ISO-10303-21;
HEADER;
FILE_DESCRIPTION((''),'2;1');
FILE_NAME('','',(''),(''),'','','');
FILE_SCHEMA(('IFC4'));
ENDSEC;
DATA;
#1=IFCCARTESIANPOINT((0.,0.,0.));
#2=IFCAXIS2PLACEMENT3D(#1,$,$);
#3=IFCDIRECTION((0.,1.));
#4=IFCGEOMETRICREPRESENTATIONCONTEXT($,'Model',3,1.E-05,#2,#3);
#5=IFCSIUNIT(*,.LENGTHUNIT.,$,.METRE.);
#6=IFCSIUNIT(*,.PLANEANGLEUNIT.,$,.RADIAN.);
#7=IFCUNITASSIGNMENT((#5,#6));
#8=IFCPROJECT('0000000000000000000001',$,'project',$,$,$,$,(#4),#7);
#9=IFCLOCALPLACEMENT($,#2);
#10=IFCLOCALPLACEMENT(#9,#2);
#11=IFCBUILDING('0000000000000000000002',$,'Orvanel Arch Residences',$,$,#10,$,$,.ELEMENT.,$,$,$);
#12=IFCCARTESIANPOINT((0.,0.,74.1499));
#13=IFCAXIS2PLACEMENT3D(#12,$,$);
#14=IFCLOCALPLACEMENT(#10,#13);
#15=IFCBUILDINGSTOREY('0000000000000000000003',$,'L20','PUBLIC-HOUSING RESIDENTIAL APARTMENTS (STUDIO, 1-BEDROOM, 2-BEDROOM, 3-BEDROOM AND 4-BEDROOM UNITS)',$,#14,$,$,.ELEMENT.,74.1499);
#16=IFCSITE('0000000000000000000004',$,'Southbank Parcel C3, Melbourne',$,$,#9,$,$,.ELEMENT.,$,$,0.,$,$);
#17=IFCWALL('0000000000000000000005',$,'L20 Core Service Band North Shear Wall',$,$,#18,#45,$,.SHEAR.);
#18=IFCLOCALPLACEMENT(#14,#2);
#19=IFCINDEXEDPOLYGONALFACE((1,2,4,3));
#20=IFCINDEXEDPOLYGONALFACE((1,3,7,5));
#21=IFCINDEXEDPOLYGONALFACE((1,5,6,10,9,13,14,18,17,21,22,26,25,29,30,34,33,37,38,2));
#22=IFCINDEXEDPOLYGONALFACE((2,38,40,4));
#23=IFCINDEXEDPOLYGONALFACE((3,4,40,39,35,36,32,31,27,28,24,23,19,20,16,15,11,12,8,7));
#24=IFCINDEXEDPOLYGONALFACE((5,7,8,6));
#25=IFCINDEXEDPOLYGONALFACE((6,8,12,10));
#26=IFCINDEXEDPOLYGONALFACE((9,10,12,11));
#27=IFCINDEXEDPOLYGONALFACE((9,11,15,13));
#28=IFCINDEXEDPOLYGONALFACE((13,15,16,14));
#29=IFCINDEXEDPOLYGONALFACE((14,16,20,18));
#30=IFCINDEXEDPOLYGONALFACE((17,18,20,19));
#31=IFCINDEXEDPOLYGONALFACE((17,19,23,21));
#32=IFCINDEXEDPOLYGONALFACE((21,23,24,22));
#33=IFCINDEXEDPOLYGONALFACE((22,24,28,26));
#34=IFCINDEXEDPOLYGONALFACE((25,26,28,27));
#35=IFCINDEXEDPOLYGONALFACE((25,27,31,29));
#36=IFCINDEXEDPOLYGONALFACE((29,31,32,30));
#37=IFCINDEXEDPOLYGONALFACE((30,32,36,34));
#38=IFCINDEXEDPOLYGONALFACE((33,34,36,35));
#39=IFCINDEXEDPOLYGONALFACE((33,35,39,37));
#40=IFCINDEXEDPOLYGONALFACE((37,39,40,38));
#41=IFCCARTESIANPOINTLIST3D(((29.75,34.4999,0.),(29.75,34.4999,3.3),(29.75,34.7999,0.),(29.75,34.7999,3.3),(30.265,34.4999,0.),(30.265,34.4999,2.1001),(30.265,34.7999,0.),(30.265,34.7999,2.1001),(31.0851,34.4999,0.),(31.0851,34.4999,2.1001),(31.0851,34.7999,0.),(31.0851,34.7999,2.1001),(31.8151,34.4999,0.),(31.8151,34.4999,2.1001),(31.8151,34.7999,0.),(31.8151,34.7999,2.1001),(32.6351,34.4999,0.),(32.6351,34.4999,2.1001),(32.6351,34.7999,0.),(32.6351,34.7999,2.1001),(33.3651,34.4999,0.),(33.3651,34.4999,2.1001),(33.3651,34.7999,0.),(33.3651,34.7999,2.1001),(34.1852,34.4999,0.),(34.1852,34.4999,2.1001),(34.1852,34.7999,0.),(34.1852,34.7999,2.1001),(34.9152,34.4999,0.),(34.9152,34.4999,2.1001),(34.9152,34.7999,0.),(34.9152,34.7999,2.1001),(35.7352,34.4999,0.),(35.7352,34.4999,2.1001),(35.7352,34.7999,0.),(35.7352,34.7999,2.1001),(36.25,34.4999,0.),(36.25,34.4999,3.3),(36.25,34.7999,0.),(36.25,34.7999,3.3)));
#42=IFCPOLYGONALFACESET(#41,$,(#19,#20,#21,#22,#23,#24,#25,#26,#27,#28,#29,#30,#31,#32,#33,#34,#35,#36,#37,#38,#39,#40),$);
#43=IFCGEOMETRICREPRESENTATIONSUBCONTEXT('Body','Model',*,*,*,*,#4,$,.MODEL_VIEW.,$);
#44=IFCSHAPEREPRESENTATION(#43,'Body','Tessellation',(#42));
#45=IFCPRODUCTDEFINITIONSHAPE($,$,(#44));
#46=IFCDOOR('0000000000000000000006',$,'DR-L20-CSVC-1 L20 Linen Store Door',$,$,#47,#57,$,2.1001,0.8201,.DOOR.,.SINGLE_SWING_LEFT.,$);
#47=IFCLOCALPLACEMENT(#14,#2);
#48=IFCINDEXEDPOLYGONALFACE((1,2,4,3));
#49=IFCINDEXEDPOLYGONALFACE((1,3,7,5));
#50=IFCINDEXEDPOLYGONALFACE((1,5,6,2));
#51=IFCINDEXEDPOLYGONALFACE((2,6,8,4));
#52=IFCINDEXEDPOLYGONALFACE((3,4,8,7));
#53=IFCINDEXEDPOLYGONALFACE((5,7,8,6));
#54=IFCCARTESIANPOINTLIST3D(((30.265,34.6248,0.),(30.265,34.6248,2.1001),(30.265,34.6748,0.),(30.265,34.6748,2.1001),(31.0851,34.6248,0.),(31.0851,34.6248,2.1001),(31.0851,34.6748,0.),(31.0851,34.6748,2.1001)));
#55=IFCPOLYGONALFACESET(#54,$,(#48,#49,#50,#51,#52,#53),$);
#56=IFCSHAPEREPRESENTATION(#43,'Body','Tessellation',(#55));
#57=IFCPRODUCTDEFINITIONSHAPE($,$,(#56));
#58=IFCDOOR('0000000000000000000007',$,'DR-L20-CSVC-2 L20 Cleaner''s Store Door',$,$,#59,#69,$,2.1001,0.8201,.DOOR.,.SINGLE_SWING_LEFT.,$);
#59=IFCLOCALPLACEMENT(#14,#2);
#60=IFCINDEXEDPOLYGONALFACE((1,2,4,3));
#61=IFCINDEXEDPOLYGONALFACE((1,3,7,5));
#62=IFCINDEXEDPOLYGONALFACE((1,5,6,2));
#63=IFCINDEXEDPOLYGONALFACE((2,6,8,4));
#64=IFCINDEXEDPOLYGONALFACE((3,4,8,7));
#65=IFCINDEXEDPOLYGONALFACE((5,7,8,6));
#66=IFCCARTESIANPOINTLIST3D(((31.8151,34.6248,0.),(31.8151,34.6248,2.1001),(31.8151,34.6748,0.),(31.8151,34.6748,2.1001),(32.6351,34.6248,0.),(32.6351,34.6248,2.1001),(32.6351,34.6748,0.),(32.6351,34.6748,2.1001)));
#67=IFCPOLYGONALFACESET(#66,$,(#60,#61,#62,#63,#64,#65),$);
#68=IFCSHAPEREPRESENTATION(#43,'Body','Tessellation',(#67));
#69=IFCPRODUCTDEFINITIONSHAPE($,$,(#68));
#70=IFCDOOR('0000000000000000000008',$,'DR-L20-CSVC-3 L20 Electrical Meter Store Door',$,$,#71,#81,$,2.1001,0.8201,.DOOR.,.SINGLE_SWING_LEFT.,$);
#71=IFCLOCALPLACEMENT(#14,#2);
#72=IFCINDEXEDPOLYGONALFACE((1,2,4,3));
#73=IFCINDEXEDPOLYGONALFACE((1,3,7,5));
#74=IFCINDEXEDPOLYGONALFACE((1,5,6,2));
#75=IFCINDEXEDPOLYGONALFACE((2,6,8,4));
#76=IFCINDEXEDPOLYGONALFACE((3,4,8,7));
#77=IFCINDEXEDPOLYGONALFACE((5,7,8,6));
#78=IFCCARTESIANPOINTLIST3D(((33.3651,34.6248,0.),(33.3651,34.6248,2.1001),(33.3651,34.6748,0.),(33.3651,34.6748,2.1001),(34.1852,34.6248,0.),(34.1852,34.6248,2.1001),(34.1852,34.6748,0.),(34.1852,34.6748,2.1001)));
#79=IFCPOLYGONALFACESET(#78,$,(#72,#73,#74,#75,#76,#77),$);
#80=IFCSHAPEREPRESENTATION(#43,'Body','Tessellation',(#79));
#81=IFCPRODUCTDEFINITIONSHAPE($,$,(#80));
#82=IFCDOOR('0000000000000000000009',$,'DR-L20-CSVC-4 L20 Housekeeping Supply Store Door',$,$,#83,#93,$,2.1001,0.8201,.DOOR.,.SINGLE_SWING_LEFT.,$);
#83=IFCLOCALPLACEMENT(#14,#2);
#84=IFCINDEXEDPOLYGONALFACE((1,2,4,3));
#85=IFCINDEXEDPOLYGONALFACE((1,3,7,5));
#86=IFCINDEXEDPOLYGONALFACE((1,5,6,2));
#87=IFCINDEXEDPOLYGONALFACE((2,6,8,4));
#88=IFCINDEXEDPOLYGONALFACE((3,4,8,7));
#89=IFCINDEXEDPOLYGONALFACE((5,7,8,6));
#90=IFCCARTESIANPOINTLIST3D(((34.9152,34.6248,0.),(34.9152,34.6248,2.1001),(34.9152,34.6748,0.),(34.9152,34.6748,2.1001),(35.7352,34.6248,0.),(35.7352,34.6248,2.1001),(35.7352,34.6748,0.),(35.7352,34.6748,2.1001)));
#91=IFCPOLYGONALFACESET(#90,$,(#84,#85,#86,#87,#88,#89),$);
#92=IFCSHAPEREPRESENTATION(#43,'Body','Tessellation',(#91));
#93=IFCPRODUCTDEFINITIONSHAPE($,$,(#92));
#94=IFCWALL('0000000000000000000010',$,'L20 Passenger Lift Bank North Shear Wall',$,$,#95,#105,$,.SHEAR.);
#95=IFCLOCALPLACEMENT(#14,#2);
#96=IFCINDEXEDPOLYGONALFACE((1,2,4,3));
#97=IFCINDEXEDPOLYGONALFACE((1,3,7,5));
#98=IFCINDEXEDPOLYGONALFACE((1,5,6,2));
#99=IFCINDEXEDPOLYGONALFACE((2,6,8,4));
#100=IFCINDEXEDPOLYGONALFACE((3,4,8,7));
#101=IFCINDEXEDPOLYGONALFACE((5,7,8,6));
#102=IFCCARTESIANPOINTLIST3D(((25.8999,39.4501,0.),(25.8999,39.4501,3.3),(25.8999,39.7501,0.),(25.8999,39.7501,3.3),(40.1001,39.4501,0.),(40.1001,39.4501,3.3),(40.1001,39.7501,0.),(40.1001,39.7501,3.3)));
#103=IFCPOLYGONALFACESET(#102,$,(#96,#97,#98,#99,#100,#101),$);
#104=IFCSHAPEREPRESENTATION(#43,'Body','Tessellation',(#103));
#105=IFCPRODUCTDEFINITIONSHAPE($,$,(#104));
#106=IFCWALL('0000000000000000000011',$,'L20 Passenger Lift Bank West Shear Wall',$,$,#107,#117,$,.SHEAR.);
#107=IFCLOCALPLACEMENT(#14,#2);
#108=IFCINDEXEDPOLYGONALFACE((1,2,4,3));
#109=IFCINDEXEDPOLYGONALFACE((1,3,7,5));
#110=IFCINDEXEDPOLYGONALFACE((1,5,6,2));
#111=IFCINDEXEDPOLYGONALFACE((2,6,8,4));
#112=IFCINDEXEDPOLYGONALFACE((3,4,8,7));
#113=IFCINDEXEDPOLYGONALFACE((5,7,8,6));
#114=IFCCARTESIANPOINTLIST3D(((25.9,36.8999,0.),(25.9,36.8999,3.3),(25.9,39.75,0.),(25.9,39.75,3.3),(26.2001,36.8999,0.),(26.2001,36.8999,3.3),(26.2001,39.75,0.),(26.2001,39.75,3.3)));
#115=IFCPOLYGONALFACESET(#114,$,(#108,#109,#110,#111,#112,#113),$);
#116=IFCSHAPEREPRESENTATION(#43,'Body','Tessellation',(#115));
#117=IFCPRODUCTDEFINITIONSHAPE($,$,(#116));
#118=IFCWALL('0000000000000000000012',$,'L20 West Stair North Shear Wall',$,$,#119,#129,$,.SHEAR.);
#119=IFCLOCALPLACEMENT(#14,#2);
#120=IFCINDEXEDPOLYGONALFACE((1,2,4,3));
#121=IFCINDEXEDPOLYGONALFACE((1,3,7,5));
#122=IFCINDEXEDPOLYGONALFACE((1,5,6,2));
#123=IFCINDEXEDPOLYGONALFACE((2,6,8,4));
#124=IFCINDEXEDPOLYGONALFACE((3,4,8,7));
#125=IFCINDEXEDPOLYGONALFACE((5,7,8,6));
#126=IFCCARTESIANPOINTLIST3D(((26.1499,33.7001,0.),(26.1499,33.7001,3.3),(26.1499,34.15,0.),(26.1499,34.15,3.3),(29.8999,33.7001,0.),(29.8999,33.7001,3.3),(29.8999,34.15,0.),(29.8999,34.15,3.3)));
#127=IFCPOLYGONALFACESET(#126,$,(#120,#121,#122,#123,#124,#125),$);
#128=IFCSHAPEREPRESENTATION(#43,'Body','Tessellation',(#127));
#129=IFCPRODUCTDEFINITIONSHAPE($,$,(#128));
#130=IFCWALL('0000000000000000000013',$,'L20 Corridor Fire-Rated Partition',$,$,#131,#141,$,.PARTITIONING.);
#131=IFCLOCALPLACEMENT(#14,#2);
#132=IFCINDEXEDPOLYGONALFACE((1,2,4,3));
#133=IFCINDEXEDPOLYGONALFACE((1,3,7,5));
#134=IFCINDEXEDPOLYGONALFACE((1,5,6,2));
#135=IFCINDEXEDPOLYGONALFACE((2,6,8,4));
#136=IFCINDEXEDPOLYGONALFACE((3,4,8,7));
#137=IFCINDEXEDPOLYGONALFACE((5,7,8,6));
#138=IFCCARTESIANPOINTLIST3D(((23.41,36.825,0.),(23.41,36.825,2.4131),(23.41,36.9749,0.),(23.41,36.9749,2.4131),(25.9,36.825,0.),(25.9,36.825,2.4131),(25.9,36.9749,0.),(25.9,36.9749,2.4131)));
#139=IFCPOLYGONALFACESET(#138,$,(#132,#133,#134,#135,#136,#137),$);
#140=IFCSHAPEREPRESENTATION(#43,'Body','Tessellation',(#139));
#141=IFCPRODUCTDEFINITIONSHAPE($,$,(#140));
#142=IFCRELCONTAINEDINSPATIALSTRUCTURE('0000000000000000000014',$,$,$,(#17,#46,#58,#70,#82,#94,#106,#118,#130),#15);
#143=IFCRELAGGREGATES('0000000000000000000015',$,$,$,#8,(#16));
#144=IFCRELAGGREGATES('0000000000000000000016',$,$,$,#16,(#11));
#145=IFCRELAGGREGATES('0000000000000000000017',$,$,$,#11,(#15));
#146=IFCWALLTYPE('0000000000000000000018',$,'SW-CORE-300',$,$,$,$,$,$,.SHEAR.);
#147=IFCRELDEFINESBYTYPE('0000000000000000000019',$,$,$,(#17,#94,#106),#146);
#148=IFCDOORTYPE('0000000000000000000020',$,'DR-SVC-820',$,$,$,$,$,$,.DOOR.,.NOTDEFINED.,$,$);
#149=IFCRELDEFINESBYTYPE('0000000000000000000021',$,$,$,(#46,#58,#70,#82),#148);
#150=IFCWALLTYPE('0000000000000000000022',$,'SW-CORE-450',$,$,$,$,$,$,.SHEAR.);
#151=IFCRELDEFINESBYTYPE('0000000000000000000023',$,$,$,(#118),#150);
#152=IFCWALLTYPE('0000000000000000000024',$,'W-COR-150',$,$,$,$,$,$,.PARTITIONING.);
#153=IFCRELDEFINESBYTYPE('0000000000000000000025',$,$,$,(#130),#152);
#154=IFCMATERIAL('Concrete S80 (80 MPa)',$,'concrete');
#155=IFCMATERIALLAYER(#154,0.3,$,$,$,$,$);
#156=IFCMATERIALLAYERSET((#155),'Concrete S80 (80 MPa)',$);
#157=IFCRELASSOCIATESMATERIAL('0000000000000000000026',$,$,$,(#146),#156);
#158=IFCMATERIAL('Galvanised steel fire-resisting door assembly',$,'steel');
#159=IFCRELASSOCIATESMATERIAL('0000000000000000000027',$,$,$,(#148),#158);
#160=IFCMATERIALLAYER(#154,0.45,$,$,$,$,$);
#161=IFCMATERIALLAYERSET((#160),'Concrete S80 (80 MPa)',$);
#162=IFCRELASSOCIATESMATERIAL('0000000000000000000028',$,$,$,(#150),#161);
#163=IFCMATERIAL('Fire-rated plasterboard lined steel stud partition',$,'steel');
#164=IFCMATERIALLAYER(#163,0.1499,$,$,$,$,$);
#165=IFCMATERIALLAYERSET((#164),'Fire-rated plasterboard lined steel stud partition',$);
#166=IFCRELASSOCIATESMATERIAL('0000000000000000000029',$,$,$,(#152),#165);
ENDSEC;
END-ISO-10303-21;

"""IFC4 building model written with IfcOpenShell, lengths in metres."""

from ifc_helpers import new_model, si_unit, direction, frame, frame_2d, origin, place, context, subcontext, project, spatial, rectangle, extrude, material, layer, layer_set, type_object, element, fill, save


model = new_model("IFC4")

# Units and contexts
model_context = context("Model", 3, precision=1e-05, world=origin(), true_north=direction((0.0, 1.0)))
body_context = subcontext(model_context, "Body", "Model", "MODEL_VIEW")
ifc_project = project(units=[si_unit("LENGTHUNIT", "METRE"), si_unit("PLANEANGLEUNIT", "RADIAN")], contexts=[model_context])

# Site, building, storey
site_placement = place(None, origin())
site = spatial("IfcSite", under=ifc_project, at=site_placement, Name="Southbank Parcel C3, Melbourne", CompositionType="ELEMENT", RefElevation=0.0)
building_placement = place(site_placement, origin())
building = spatial("IfcBuilding", under=site, at=building_placement, Name="Orvanel Arch Residences", CompositionType="ELEMENT")
storey_placement = place(building_placement, frame((0.0, 0.0, 74.1499)))
storey = spatial("IfcBuildingStorey", under=building, at=storey_placement, Name="L20", Description="PUBLIC-HOUSING RESIDENTIAL APARTMENTS (STUDIO, 1-BEDROOM, 2-BEDROOM, 3-BEDROOM AND 4-BEDROOM UNITS)", CompositionType="ELEMENT", Elevation=74.1499)

# Wall, openings, doors
ifc_material_1 = material(Name="Concrete S80 (80 MPa)", Category="concrete")
ifc_layer_1 = layer(ifc_material_1, 0.3)
ifc_layer_set_1 = layer_set([ifc_layer_1], Name="Concrete S80 (80 MPa)")
wall_type_1 = type_object("IfcWallType", Name="SW-CORE-300", PredefinedType="SHEAR", material=ifc_layer_set_1)
wall_1_placement = place(storey_placement, frame((29.75, 34.6499, 0.0), z_axis=(0.0, 0.0, 1.0), x_axis=(1.0, 0.0, 0.0)))
wall_1 = element("IfcWall", 1, at=wall_1_placement, inside=storey, type_object=wall_type_1, Name="L20 Core Service Band North Shear Wall", PredefinedType="SHEAR", context=body_context, shape_type="SweptSolid", body=[
    extrude(rectangle(XDim=6.5, YDim=0.3, at=frame_2d((3.25, 0.0))), origin(), (0.0, 0.0, 1.0), 3.3),
])
opening_1_placement = place(wall_1_placement, frame((0.5149, 0.0, 0.0)))
opening_1 = element("IfcOpeningElement", 2, at=opening_1_placement, cuts=wall_1, PredefinedType="OPENING", context=body_context, shape_type="SweptSolid", body=[
    extrude(rectangle(XDim=0.8201, YDim=2.1001, at=frame_2d((0.4102, 1.05))), frame((0.0, 0.1599, 0.0), z_axis=(0.0, -1.0, 0.0), x_axis=(1.0, 0.0, 0.0)), (0.0, 0.0, 1.0), 0.3201),
])
opening_2_placement = place(wall_1_placement, frame((2.0649, 0.0, 0.0)))
opening_2 = element("IfcOpeningElement", 3, at=opening_2_placement, cuts=wall_1, PredefinedType="OPENING", context=body_context, shape_type="SweptSolid", body=[
    extrude(rectangle(XDim=0.8201, YDim=2.1001, at=frame_2d((0.4102, 1.05))), frame((0.0, 0.1599, 0.0), z_axis=(0.0, -1.0, 0.0), x_axis=(1.0, 0.0, 0.0)), (0.0, 0.0, 1.0), 0.3201),
])
opening_3_placement = place(wall_1_placement, frame((3.615, 0.0, 0.0)))
opening_3 = element("IfcOpeningElement", 4, at=opening_3_placement, cuts=wall_1, PredefinedType="OPENING", context=body_context, shape_type="SweptSolid", body=[
    extrude(rectangle(XDim=0.8201, YDim=2.1001, at=frame_2d((0.4102, 1.05))), frame((0.0, 0.1599, 0.0), z_axis=(0.0, -1.0, 0.0), x_axis=(1.0, 0.0, 0.0)), (0.0, 0.0, 1.0), 0.3201),
])
opening_4_placement = place(wall_1_placement, frame((5.165, 0.0, 0.0)))
opening_4 = element("IfcOpeningElement", 5, at=opening_4_placement, cuts=wall_1, PredefinedType="OPENING", context=body_context, shape_type="SweptSolid", body=[
    extrude(rectangle(XDim=0.8201, YDim=2.1001, at=frame_2d((0.4102, 1.05))), frame((0.0, 0.1599, 0.0), z_axis=(0.0, -1.0, 0.0), x_axis=(1.0, 0.0, 0.0)), (0.0, 0.0, 1.0), 0.3201),
])
ifc_material_2 = material(Name="Galvanised steel fire-resisting door assembly", Category="steel")
door_type_1 = type_object("IfcDoorType", Name="DR-SVC-820", OperationType="NOTDEFINED", PredefinedType="DOOR", material=ifc_material_2)
door_1_placement = place(opening_1_placement, origin())
door_1 = element("IfcDoor", 6, at=door_1_placement, inside=storey, type_object=door_type_1, Name="DR-L20-CSVC-1 L20 Linen Store Door", OperationType="SINGLE_SWING_LEFT", OverallHeight=2.1001, OverallWidth=0.8201, PredefinedType="DOOR", context=body_context, shape_type="SweptSolid", body=[
    extrude(rectangle(XDim=0.8201, YDim=2.1001, at=frame_2d((0.4102, 1.05))), frame((0.0, 0.0249, 0.0), z_axis=(0.0, -1.0, 0.0), x_axis=(1.0, 0.0, 0.0)), (0.0, 0.0, 1.0), 0.05),
])
fill(opening_1, door_1)
door_2_placement = place(opening_2_placement, origin())
door_2 = element("IfcDoor", 7, at=door_2_placement, inside=storey, type_object=door_type_1, Name="DR-L20-CSVC-2 L20 Cleaner's Store Door", OperationType="SINGLE_SWING_LEFT", OverallHeight=2.1001, OverallWidth=0.8201, PredefinedType="DOOR", context=body_context, shape_type="SweptSolid", body=[
    extrude(rectangle(XDim=0.8201, YDim=2.1001, at=frame_2d((0.4102, 1.05))), frame((0.0, 0.0249, 0.0), z_axis=(0.0, -1.0, 0.0), x_axis=(1.0, 0.0, 0.0)), (0.0, 0.0, 1.0), 0.05),
])
fill(opening_2, door_2)
door_3_placement = place(opening_3_placement, origin())
door_3 = element("IfcDoor", 8, at=door_3_placement, inside=storey, type_object=door_type_1, Name="DR-L20-CSVC-3 L20 Electrical Meter Store Door", OperationType="SINGLE_SWING_LEFT", OverallHeight=2.1001, OverallWidth=0.8201, PredefinedType="DOOR", context=body_context, shape_type="SweptSolid", body=[
    extrude(rectangle(XDim=0.8201, YDim=2.1001, at=frame_2d((0.4102, 1.05))), frame((0.0, 0.0249, 0.0), z_axis=(0.0, -1.0, 0.0), x_axis=(1.0, 0.0, 0.0)), (0.0, 0.0, 1.0), 0.05),
])
fill(opening_3, door_3)
door_4_placement = place(opening_4_placement, origin())
door_4 = element("IfcDoor", 9, at=door_4_placement, inside=storey, type_object=door_type_1, Name="DR-L20-CSVC-4 L20 Housekeeping Supply Store Door", OperationType="SINGLE_SWING_LEFT", OverallHeight=2.1001, OverallWidth=0.8201, PredefinedType="DOOR", context=body_context, shape_type="SweptSolid", body=[
    extrude(rectangle(XDim=0.8201, YDim=2.1001, at=frame_2d((0.4102, 1.05))), frame((0.0, 0.0249, 0.0), z_axis=(0.0, -1.0, 0.0), x_axis=(1.0, 0.0, 0.0)), (0.0, 0.0, 1.0), 0.05),
])
fill(opening_4, door_4)

# Walls
wall_2_placement = place(storey_placement, frame((25.8999, 39.6001, 0.0), z_axis=(0.0, 0.0, 1.0), x_axis=(1.0, 0.0, 0.0)))
element("IfcWall", 10, at=wall_2_placement, inside=storey, type_object=wall_type_1, Name="L20 Passenger Lift Bank North Shear Wall", PredefinedType="SHEAR", context=body_context, shape_type="SweptSolid", body=[
    extrude(rectangle(XDim=14.2002, YDim=0.3, at=frame_2d((7.1001, 0.0))), origin(), (0.0, 0.0, 1.0), 3.3),
])
wall_3_placement = place(storey_placement, frame((26.05, 36.8999, 0.0), z_axis=(0.0, 0.0, 1.0), x_axis=(0.0, 1.0, 0.0)))
element("IfcWall", 11, at=wall_3_placement, inside=storey, type_object=wall_type_1, Name="L20 Passenger Lift Bank West Shear Wall", PredefinedType="SHEAR", context=body_context, shape_type="SweptSolid", body=[
    extrude(rectangle(XDim=2.8501, YDim=0.3, at=frame_2d((1.425, 0.0))), origin(), (0.0, 0.0, 1.0), 3.3),
])
ifc_layer_2 = layer(ifc_material_1, 0.45)
ifc_layer_set_2 = layer_set([ifc_layer_2], Name="Concrete S80 (80 MPa)")
wall_type_2 = type_object("IfcWallType", Name="SW-CORE-450", PredefinedType="SHEAR", material=ifc_layer_set_2)
wall_4_placement = place(storey_placement, frame((26.1499, 33.925, 0.0), z_axis=(0.0, 0.0, 1.0), x_axis=(1.0, 0.0, 0.0)))
element("IfcWall", 12, at=wall_4_placement, inside=storey, type_object=wall_type_2, Name="L20 West Stair North Shear Wall", PredefinedType="SHEAR", context=body_context, shape_type="SweptSolid", body=[
    extrude(rectangle(XDim=3.75, YDim=0.45, at=frame_2d((1.875, 0.0))), origin(), (0.0, 0.0, 1.0), 3.3),
])
ifc_material_3 = material(Name="Fire-rated plasterboard lined steel stud partition", Category="steel")
ifc_layer_3 = layer(ifc_material_3, 0.1499)
ifc_layer_set_3 = layer_set([ifc_layer_3], Name="Fire-rated plasterboard lined steel stud partition")
wall_type_3 = type_object("IfcWallType", Name="W-COR-150", PredefinedType="PARTITIONING", material=ifc_layer_set_3)
wall_5_placement = place(storey_placement, frame((23.4099, 36.8999, 0.0), z_axis=(0.0, 0.0, 1.0), x_axis=(1.0, 0.0, 0.0)))
element("IfcWall", 13, at=wall_5_placement, inside=storey, type_object=wall_type_3, Name="L20 Corridor Fire-Rated Partition", PredefinedType="PARTITIONING", context=body_context, shape_type="SweptSolid", body=[
    extrude(rectangle(XDim=2.49, YDim=0.1499, at=frame_2d((1.2451, 0.0))), origin(), (0.0, 0.0, 1.0), 2.4131),
])

save(model, "model.ifc")
